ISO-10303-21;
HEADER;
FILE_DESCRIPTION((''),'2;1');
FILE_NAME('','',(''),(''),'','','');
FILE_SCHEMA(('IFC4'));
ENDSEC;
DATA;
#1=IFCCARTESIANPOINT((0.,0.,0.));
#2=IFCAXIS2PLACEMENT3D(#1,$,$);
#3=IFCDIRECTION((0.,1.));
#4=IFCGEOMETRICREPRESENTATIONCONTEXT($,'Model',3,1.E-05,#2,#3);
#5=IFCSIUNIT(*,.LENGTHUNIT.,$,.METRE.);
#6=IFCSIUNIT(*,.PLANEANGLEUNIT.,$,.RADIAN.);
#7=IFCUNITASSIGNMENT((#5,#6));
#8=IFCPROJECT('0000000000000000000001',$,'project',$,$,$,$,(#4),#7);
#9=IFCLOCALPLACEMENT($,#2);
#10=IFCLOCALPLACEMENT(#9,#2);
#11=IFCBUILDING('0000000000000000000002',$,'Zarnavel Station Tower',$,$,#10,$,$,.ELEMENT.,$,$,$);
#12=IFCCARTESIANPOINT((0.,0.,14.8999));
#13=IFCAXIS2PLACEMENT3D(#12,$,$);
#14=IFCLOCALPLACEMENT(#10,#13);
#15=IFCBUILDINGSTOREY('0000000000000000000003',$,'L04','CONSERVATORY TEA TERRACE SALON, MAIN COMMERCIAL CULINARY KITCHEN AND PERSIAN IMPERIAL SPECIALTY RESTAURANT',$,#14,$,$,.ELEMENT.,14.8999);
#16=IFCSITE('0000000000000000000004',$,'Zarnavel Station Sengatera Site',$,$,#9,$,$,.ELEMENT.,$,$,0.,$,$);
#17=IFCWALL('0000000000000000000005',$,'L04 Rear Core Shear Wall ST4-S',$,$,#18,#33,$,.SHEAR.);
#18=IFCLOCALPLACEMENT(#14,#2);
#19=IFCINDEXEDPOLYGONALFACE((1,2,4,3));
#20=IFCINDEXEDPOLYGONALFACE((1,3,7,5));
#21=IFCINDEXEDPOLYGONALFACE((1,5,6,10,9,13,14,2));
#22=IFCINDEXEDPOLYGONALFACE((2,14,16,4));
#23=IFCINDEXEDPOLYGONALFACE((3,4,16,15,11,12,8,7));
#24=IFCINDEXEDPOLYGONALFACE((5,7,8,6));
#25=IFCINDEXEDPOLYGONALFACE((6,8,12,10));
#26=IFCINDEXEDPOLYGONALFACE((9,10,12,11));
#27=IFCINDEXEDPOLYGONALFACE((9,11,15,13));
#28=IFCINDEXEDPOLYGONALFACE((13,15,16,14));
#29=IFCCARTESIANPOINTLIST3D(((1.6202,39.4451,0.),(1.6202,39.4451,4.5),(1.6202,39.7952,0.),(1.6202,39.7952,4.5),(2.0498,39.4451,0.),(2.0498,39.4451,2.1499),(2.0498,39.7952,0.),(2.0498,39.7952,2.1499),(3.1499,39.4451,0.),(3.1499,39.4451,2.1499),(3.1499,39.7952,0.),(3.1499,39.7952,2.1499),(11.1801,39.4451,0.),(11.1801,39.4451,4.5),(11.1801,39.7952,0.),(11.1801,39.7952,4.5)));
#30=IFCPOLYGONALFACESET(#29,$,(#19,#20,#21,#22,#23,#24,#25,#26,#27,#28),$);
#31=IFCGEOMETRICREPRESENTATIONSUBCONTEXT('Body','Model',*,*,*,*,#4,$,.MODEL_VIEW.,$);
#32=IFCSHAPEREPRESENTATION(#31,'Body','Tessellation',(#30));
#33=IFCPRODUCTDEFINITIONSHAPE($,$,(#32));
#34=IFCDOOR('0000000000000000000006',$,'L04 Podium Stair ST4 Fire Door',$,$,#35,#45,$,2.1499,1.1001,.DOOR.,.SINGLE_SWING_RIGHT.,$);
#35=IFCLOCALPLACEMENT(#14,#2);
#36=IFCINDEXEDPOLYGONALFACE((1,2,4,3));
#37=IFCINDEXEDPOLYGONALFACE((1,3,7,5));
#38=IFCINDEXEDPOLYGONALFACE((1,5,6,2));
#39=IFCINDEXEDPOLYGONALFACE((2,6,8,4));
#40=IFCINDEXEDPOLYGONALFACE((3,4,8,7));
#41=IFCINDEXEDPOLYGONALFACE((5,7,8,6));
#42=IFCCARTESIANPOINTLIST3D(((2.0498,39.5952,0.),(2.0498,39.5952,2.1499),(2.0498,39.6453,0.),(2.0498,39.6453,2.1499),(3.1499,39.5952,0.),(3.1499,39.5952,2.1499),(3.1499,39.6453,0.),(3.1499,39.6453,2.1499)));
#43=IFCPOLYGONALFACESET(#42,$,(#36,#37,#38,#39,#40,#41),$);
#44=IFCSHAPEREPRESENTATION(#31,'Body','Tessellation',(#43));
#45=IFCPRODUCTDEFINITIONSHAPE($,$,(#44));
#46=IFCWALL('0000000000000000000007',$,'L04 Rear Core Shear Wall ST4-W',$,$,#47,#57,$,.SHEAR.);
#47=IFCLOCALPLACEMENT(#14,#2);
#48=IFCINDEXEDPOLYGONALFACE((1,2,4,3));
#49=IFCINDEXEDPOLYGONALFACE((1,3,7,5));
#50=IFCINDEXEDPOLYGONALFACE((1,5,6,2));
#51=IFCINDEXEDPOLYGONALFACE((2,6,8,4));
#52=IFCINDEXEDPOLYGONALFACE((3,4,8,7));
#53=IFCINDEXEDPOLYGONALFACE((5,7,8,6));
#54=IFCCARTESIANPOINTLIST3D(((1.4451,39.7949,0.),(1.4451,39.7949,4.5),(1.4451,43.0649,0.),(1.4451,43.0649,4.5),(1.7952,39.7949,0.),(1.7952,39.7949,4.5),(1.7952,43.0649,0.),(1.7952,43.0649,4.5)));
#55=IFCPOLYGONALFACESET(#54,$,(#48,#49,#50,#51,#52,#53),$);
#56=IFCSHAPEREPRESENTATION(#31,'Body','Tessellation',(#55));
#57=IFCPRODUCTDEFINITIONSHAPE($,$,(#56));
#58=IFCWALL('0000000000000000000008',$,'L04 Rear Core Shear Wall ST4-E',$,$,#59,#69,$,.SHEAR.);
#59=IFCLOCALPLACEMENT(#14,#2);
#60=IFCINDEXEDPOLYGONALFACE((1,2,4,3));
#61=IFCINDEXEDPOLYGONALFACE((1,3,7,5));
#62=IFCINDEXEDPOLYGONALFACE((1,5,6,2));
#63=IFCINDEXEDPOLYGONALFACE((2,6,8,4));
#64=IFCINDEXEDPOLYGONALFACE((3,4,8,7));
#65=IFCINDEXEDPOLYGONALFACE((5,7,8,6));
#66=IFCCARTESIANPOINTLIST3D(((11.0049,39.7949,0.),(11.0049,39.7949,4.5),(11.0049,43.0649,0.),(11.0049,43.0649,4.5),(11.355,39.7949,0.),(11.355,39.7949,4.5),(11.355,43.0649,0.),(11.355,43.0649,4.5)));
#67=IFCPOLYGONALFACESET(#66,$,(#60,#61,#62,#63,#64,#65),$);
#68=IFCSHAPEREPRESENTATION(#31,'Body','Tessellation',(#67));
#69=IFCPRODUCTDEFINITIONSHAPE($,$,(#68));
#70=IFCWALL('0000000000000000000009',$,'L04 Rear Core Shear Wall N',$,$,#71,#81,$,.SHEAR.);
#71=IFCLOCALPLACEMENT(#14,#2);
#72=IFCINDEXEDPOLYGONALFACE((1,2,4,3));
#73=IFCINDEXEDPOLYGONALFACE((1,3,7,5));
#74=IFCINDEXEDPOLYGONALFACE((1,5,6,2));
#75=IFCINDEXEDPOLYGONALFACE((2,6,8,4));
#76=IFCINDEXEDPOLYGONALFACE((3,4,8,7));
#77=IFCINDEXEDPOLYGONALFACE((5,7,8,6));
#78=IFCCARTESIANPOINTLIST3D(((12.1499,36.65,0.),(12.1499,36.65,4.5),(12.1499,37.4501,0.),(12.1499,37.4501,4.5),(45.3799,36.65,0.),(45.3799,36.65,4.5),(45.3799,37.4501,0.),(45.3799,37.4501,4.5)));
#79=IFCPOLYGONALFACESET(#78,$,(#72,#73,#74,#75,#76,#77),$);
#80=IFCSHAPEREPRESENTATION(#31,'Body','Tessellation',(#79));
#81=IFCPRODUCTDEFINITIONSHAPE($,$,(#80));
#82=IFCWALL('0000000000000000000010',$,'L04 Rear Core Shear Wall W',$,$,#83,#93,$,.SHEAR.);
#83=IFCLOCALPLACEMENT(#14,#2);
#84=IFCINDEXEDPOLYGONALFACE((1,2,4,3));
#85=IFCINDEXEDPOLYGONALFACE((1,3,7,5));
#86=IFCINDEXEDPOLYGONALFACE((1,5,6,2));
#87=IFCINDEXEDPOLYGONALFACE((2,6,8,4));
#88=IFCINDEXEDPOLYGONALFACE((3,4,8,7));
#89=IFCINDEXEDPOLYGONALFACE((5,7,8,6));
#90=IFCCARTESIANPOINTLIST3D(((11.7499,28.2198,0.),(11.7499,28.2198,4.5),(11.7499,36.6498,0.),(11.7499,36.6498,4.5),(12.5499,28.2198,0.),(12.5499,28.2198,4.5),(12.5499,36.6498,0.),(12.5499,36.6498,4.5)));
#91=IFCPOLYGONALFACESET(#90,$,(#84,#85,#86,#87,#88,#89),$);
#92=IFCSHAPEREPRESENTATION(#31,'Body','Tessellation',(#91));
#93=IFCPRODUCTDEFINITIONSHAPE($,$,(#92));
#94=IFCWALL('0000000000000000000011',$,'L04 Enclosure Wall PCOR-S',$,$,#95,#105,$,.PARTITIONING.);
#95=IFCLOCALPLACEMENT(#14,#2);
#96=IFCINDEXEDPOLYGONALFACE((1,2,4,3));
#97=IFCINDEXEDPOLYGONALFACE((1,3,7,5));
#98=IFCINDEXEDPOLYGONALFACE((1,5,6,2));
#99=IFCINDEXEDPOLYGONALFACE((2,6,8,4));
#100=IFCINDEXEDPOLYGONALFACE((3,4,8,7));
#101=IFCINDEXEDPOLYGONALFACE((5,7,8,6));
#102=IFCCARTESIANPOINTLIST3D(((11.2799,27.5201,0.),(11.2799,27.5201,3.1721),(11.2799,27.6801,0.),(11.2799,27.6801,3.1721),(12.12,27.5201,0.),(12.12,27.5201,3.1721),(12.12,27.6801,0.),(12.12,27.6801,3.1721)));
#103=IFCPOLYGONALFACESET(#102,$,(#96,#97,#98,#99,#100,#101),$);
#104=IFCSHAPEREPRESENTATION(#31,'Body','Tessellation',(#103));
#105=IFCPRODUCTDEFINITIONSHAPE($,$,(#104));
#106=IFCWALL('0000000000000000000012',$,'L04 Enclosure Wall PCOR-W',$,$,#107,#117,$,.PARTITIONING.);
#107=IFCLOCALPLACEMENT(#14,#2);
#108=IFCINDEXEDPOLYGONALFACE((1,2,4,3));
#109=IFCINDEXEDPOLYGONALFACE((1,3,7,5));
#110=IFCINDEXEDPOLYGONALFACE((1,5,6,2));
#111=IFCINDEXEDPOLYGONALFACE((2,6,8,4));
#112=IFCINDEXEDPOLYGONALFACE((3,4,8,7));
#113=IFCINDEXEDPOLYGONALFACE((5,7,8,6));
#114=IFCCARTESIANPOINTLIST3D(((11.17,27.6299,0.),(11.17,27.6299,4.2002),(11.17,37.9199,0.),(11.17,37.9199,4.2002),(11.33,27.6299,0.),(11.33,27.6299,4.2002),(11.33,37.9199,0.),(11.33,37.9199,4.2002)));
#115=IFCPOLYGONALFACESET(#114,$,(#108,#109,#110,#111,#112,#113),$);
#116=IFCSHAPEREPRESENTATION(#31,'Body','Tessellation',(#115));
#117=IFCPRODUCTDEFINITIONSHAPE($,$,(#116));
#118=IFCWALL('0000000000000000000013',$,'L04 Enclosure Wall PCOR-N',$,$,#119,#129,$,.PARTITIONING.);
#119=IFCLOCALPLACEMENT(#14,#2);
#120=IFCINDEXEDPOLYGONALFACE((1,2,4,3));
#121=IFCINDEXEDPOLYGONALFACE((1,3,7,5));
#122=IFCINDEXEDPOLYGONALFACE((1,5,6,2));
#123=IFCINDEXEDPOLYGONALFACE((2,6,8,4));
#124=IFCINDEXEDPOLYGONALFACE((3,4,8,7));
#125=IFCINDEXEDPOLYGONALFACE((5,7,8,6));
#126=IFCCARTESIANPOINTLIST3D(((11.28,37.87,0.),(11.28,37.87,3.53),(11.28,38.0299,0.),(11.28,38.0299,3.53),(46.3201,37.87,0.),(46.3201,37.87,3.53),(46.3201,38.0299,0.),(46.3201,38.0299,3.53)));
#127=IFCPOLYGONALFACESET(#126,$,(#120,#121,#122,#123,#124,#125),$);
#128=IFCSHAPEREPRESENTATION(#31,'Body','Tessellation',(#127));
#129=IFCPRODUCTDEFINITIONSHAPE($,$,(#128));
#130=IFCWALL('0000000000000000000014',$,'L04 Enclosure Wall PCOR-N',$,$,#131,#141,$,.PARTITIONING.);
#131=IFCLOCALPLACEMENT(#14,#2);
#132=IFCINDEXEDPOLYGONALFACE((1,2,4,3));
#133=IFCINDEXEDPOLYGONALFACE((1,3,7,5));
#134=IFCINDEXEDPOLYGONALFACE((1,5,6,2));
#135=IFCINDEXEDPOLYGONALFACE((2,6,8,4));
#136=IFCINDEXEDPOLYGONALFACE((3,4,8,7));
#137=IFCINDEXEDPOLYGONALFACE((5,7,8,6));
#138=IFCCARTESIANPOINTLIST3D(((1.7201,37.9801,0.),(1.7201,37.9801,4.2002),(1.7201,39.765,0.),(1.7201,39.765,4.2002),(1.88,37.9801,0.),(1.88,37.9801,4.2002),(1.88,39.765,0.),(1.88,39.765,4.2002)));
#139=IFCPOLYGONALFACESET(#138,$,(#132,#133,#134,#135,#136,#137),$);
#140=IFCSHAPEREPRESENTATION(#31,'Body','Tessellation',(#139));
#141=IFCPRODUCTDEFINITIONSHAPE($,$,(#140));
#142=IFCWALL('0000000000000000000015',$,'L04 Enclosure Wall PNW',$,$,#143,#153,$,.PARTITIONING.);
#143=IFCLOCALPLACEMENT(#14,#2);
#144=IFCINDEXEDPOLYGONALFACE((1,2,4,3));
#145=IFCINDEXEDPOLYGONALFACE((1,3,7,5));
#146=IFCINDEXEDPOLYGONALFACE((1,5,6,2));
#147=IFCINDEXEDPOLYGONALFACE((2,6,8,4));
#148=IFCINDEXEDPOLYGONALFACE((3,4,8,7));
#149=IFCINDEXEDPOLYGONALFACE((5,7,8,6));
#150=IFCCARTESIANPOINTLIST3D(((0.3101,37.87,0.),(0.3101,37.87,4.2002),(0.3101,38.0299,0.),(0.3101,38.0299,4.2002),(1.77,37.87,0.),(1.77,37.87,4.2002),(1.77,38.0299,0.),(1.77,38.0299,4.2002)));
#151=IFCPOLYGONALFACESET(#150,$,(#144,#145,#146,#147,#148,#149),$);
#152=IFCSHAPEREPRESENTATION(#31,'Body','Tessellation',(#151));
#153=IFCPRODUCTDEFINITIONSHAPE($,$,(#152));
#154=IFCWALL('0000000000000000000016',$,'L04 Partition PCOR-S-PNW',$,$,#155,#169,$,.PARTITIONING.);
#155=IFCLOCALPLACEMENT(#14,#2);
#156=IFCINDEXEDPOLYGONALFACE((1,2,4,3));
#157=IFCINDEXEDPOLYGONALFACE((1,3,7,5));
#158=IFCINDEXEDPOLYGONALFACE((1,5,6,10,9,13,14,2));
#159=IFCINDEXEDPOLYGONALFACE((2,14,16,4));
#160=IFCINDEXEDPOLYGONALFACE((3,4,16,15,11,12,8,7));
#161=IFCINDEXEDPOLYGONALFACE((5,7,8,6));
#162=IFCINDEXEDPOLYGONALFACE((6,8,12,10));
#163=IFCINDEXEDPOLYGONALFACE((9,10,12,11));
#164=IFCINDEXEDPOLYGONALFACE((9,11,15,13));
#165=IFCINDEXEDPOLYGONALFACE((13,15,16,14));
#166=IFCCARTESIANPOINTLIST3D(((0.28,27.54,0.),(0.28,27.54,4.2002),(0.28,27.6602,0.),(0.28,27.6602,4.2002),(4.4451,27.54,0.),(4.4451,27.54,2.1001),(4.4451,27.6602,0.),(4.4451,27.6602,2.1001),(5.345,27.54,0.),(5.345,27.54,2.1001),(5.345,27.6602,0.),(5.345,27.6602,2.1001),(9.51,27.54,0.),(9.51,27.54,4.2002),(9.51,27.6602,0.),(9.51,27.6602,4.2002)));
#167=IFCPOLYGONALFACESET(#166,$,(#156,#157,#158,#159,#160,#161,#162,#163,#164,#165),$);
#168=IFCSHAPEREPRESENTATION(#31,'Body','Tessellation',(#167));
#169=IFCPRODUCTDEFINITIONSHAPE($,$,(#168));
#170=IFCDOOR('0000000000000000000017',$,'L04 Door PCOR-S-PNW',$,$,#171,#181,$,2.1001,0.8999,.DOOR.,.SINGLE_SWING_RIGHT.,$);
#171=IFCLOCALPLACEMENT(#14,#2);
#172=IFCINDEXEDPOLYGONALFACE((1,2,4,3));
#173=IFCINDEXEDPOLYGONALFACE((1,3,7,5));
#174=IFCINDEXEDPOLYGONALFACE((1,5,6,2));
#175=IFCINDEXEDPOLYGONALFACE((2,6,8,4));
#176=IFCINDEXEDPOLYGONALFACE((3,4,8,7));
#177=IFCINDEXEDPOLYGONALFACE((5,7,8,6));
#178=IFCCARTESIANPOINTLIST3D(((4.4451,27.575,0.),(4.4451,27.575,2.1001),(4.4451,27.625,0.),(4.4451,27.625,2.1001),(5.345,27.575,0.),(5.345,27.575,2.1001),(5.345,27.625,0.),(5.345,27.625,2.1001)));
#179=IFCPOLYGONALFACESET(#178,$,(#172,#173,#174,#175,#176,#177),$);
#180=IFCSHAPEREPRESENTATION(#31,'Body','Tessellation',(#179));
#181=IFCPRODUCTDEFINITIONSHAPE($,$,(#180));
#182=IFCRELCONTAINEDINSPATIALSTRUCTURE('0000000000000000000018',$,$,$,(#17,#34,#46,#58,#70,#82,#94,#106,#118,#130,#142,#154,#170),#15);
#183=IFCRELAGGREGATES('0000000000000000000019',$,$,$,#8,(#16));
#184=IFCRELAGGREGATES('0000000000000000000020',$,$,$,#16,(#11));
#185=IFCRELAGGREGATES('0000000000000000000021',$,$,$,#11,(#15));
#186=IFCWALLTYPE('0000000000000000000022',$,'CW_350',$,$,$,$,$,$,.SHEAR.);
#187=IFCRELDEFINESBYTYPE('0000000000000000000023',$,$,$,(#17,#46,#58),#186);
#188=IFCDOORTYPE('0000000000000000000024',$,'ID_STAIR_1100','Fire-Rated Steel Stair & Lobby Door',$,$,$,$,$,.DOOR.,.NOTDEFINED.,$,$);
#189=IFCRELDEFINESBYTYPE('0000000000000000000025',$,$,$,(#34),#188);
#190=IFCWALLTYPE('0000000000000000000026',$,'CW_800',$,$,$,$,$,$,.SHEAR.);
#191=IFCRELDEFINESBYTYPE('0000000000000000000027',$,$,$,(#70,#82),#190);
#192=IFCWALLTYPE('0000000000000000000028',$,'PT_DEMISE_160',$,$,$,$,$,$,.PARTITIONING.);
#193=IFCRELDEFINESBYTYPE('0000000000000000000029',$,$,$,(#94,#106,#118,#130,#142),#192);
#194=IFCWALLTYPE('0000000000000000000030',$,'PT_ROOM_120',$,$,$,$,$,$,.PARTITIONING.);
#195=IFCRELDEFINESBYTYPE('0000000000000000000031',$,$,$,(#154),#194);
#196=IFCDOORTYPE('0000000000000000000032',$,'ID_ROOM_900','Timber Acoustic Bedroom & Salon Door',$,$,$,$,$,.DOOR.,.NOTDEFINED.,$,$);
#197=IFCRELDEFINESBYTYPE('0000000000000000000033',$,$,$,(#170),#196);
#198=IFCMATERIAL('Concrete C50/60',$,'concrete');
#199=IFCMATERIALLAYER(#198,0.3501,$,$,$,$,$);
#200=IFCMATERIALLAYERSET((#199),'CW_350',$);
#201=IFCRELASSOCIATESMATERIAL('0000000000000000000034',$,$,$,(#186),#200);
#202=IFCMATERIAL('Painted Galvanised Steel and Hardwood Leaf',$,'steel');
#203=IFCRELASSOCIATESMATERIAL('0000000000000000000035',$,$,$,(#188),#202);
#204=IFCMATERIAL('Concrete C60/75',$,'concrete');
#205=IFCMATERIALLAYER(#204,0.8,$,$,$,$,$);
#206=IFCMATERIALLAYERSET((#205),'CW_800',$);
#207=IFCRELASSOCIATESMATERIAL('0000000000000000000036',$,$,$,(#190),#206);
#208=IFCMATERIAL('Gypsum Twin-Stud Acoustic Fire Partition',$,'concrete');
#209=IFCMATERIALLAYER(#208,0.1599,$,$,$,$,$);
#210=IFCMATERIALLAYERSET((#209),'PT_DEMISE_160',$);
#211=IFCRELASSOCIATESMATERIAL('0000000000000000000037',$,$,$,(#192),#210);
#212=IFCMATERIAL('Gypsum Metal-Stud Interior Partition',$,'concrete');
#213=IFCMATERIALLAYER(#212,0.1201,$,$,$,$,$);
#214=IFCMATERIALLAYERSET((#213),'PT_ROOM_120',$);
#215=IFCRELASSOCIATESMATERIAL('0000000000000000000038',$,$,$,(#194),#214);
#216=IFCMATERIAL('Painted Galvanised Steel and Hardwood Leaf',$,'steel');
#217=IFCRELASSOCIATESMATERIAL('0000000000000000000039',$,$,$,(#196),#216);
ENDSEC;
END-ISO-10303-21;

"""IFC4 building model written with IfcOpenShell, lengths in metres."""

from ifc_helpers import new_model, si_unit, direction, frame, frame_2d, origin, place, context, subcontext, project, spatial, rectangle, extrude, material, layer, layer_set, type_object, element, fill, save


model = new_model("IFC4")

# Units and contexts
model_context = context("Model", 3, precision=1e-05, world=origin(), true_north=direction((0.0, 1.0)))
body_context = subcontext(model_context, "Body", "Model", "MODEL_VIEW")
ifc_project = project(units=[si_unit("LENGTHUNIT", "METRE"), si_unit("PLANEANGLEUNIT", "RADIAN")], contexts=[model_context])

# Site, building, storey
site_placement = place(None, origin())
site = spatial("IfcSite", under=ifc_project, at=site_placement, Name="Zarnavel Station Sengatera Site", CompositionType="ELEMENT", RefElevation=0.0)
building_placement = place(site_placement, origin())
building = spatial("IfcBuilding", under=site, at=building_placement, Name="Zarnavel Station Tower", CompositionType="ELEMENT")
storey_placement = place(building_placement, frame((0.0, 0.0, 14.8999)))
storey = spatial("IfcBuildingStorey", under=building, at=storey_placement, Name="L04", Description="CONSERVATORY TEA TERRACE SALON, MAIN COMMERCIAL CULINARY KITCHEN AND PERSIAN IMPERIAL SPECIALTY RESTAURANT", CompositionType="ELEMENT", Elevation=14.8999)

# Wall, opening, door
ifc_material_1 = material(Name="Concrete C50/60", Category="concrete")
ifc_layer_1 = layer(ifc_material_1, 0.3501)
ifc_layer_set_1 = layer_set([ifc_layer_1], Name="CW_350")
wall_type_1 = type_object("IfcWallType", Name="CW_350", PredefinedType="SHEAR", material=ifc_layer_set_1)
wall_1_placement = place(storey_placement, frame((11.1799, 39.6201, 0.0), z_axis=(0.0, 0.0, 1.0), x_axis=(-1.0, 0.0, 0.0)))
wall_1 = element("IfcWall", 1, at=wall_1_placement, inside=storey, type_object=wall_type_1, Name="L04 Rear Core Shear Wall ST4-S", PredefinedType="SHEAR", context=body_context, shape_type="SweptSolid", body=[
    extrude(rectangle(XDim=9.5598, YDim=0.3501, at=frame_2d((4.7798, 0.0))), origin(), (0.0, 0.0, 1.0), 4.5),
])
opening_1_placement = place(wall_1_placement, frame((8.03, 0.0, 0.0)))
opening_1 = element("IfcOpeningElement", 2, at=opening_1_placement, cuts=wall_1, PredefinedType="OPENING", context=body_context, shape_type="SweptSolid", body=[
    extrude(rectangle(XDim=1.1001, YDim=2.1499, at=frame_2d((0.55, 1.075))), frame((0.0, 0.1851, 0.0), z_axis=(0.0, -1.0, 0.0), x_axis=(1.0, 0.0, 0.0)), (0.0, 0.0, 1.0), 0.3701),
])
ifc_material_2 = material(Name="Painted Galvanised Steel and Hardwood Leaf", Category="steel")
door_type_1 = type_object("IfcDoorType", Name="ID_STAIR_1100", Description="Fire-Rated Steel Stair & Lobby Door", OperationType="NOTDEFINED", PredefinedType="DOOR", material=ifc_material_2)
door_1_placement = place(opening_1_placement, origin())
door_1 = element("IfcDoor", 3, at=door_1_placement, inside=storey, type_object=door_type_1, Name="L04 Podium Stair ST4 Fire Door", OperationType="SINGLE_SWING_RIGHT", OverallHeight=2.1499, OverallWidth=1.1001, PredefinedType="DOOR", context=body_context, shape_type="SweptSolid", body=[
    extrude(rectangle(XDim=1.1001, YDim=2.1499, at=frame_2d((0.55, 1.075))), frame((0.0, 0.0249, 0.0), z_axis=(0.0, -1.0, 0.0), x_axis=(1.0, 0.0, 0.0)), (0.0, 0.0, 1.0), 0.05),
])
fill(opening_1, door_1)

# Walls
for number, where, z_axis, x_axis, name in (
    (4, (1.6201, 39.7949, 0.0), (0.0, 0.0, 1.0), (0.0, 1.0, 0.0), "L04 Rear Core Shear Wall ST4-W"),
    (5, (11.1799, 39.7949, 0.0), (0.0, 0.0, 1.0), (0.0, 1.0, 0.0), "L04 Rear Core Shear Wall ST4-E"),
):
    element("IfcWall", number, at=place(storey_placement, frame(where, z_axis=z_axis, x_axis=x_axis)), inside=storey, type_object=wall_type_1, Name=name, PredefinedType="SHEAR", context=body_context, shape_type="SweptSolid", body=[
        extrude(rectangle(XDim=3.27, YDim=0.3501, at=frame_2d((1.635, 0.0))), origin(), (0.0, 0.0, 1.0), 4.5),
    ])
ifc_material_3 = material(Name="Concrete C60/75", Category="concrete")
ifc_layer_2 = layer(ifc_material_3, 0.8)
ifc_layer_set_2 = layer_set([ifc_layer_2], Name="CW_800")
wall_type_2 = type_object("IfcWallType", Name="CW_800", PredefinedType="SHEAR", material=ifc_layer_set_2)
wall_2_placement = place(storey_placement, frame((12.1499, 37.05, 0.0), z_axis=(0.0, 0.0, 1.0), x_axis=(1.0, 0.0, 0.0)))
element("IfcWall", 6, at=wall_2_placement, inside=storey, type_object=wall_type_2, Name="L04 Rear Core Shear Wall N", PredefinedType="SHEAR", context=body_context, shape_type="SweptSolid", body=[
    extrude(rectangle(XDim=33.23, YDim=0.8, at=frame_2d((16.615, 0.0))), origin(), (0.0, 0.0, 1.0), 4.5),
])
wall_3_placement = place(storey_placement, frame((12.1499, 28.22, 0.0), z_axis=(0.0, 0.0, 1.0), x_axis=(0.0, 1.0, 0.0)))
element("IfcWall", 7, at=wall_3_placement, inside=storey, type_object=wall_type_2, Name="L04 Rear Core Shear Wall W", PredefinedType="SHEAR", context=body_context, shape_type="SweptSolid", body=[
    extrude(rectangle(XDim=8.4299, YDim=0.8, at=frame_2d((4.2148, 0.0))), origin(), (0.0, 0.0, 1.0), 4.5),
])
ifc_material_4 = material(Name="Gypsum Twin-Stud Acoustic Fire Partition", Category="concrete")
ifc_layer_3 = layer(ifc_material_4, 0.1599)
ifc_layer_set_3 = layer_set([ifc_layer_3], Name="PT_DEMISE_160")
wall_type_3 = type_object("IfcWallType", Name="PT_DEMISE_160", PredefinedType="PARTITIONING", material=ifc_layer_set_3)
wall_4_placement = place(storey_placement, frame((11.28, 27.6001, 0.0), z_axis=(0.0, 0.0, 1.0), x_axis=(1.0, 0.0, 0.0)))
element("IfcWall", 8, at=wall_4_placement, inside=storey, type_object=wall_type_3, Name="L04 Enclosure Wall PCOR-S", PredefinedType="PARTITIONING", context=body_context, shape_type="SweptSolid", body=[
    extrude(rectangle(XDim=0.8401, YDim=0.1599, at=frame_2d((0.4199, 0.0))), origin(), (0.0, 0.0, 1.0), 3.1721),
])
wall_5_placement = place(storey_placement, frame((11.25, 27.6299, 0.0), z_axis=(0.0, 0.0, 1.0), x_axis=(0.0, 1.0, 0.0)))
element("IfcWall", 9, at=wall_5_placement, inside=storey, type_object=wall_type_3, Name="L04 Enclosure Wall PCOR-W", PredefinedType="PARTITIONING", context=body_context, shape_type="SweptSolid", body=[
    extrude(rectangle(XDim=10.29, YDim=0.1599, at=frame_2d((5.145, 0.0))), origin(), (0.0, 0.0, 1.0), 4.2002),
])
wall_6_placement = place(storey_placement, frame((11.28, 37.95, 0.0), z_axis=(0.0, 0.0, 1.0), x_axis=(1.0, 0.0, 0.0)))
element("IfcWall", 10, at=wall_6_placement, inside=storey, type_object=wall_type_3, Name="L04 Enclosure Wall PCOR-N", PredefinedType="PARTITIONING", context=body_context, shape_type="SweptSolid", body=[
    extrude(rectangle(XDim=35.04, YDim=0.1599, at=frame_2d((17.52, 0.0))), origin(), (0.0, 0.0, 1.0), 3.53),
])
wall_7_placement = place(storey_placement, frame((1.8, 37.98, 0.0), z_axis=(0.0, 0.0, 1.0), x_axis=(0.0, 1.0, 0.0)))
element("IfcWall", 11, at=wall_7_placement, inside=storey, type_object=wall_type_3, Name="L04 Enclosure Wall PCOR-N", PredefinedType="PARTITIONING", context=body_context, shape_type="SweptSolid", body=[
    extrude(rectangle(XDim=1.7849, YDim=0.1599, at=frame_2d((0.8926, 0.0))), origin(), (0.0, 0.0, 1.0), 4.2002),
])
wall_8_placement = place(storey_placement, frame((0.3101, 37.95, 0.0), z_axis=(0.0, 0.0, 1.0), x_axis=(1.0, 0.0, 0.0)))
element("IfcWall", 12, at=wall_8_placement, inside=storey, type_object=wall_type_3, Name="L04 Enclosure Wall PNW", PredefinedType="PARTITIONING", context=body_context, shape_type="SweptSolid", body=[
    extrude(rectangle(XDim=1.46, YDim=0.1599, at=frame_2d((0.73, 0.0))), origin(), (0.0, 0.0, 1.0), 4.2002),
])

# Wall, opening, door
ifc_material_5 = material(Name="Gypsum Metal-Stud Interior Partition", Category="concrete")
ifc_layer_4 = layer(ifc_material_5, 0.1201)
ifc_layer_set_4 = layer_set([ifc_layer_4], Name="PT_ROOM_120")
wall_type_4 = type_object("IfcWallType", Name="PT_ROOM_120", PredefinedType="PARTITIONING", material=ifc_layer_set_4)
wall_9_placement = place(storey_placement, frame((0.28, 27.6001, 0.0), z_axis=(0.0, 0.0, 1.0), x_axis=(1.0, 0.0, 0.0)))
wall_9 = element("IfcWall", 13, at=wall_9_placement, inside=storey, type_object=wall_type_4, Name="L04 Partition PCOR-S-PNW", PredefinedType="PARTITIONING", context=body_context, shape_type="SweptSolid", body=[
    extrude(rectangle(XDim=9.23, YDim=0.1201, at=frame_2d((4.615, 0.0))), origin(), (0.0, 0.0, 1.0), 4.2002),
])
opening_2_placement = place(wall_9_placement, frame((4.165, 0.0, 0.0)))
opening_2 = element("IfcOpeningElement", 14, at=opening_2_placement, cuts=wall_9, PredefinedType="OPENING", context=body_context, shape_type="SweptSolid", body=[
    extrude(rectangle(XDim=0.8999, YDim=2.1001, at=frame_2d((0.45, 1.05))), frame((0.0, 0.0701, 0.0), z_axis=(0.0, -1.0, 0.0), x_axis=(1.0, 0.0, 0.0)), (0.0, 0.0, 1.0), 0.1401),
])
ifc_material_6 = material(Name="Painted Galvanised Steel and Hardwood Leaf", Category="steel")
door_type_2 = type_object("IfcDoorType", Name="ID_ROOM_900", Description="Timber Acoustic Bedroom & Salon Door", OperationType="NOTDEFINED", PredefinedType="DOOR", material=ifc_material_6)
door_2_placement = place(opening_2_placement, origin())
door_2 = element("IfcDoor", 15, at=door_2_placement, inside=storey, type_object=door_type_2, Name="L04 Door PCOR-S-PNW", OperationType="SINGLE_SWING_RIGHT", OverallHeight=2.1001, OverallWidth=0.8999, PredefinedType="DOOR", context=body_context, shape_type="SweptSolid", body=[
    extrude(rectangle(XDim=0.8999, YDim=2.1001, at=frame_2d((0.45, 1.05))), frame((0.0, 0.0249, 0.0), z_axis=(0.0, -1.0, 0.0), x_axis=(1.0, 0.0, 0.0)), (0.0, 0.0, 1.0), 0.05),
])
fill(opening_2, door_2)

save(model, "model.ifc")
